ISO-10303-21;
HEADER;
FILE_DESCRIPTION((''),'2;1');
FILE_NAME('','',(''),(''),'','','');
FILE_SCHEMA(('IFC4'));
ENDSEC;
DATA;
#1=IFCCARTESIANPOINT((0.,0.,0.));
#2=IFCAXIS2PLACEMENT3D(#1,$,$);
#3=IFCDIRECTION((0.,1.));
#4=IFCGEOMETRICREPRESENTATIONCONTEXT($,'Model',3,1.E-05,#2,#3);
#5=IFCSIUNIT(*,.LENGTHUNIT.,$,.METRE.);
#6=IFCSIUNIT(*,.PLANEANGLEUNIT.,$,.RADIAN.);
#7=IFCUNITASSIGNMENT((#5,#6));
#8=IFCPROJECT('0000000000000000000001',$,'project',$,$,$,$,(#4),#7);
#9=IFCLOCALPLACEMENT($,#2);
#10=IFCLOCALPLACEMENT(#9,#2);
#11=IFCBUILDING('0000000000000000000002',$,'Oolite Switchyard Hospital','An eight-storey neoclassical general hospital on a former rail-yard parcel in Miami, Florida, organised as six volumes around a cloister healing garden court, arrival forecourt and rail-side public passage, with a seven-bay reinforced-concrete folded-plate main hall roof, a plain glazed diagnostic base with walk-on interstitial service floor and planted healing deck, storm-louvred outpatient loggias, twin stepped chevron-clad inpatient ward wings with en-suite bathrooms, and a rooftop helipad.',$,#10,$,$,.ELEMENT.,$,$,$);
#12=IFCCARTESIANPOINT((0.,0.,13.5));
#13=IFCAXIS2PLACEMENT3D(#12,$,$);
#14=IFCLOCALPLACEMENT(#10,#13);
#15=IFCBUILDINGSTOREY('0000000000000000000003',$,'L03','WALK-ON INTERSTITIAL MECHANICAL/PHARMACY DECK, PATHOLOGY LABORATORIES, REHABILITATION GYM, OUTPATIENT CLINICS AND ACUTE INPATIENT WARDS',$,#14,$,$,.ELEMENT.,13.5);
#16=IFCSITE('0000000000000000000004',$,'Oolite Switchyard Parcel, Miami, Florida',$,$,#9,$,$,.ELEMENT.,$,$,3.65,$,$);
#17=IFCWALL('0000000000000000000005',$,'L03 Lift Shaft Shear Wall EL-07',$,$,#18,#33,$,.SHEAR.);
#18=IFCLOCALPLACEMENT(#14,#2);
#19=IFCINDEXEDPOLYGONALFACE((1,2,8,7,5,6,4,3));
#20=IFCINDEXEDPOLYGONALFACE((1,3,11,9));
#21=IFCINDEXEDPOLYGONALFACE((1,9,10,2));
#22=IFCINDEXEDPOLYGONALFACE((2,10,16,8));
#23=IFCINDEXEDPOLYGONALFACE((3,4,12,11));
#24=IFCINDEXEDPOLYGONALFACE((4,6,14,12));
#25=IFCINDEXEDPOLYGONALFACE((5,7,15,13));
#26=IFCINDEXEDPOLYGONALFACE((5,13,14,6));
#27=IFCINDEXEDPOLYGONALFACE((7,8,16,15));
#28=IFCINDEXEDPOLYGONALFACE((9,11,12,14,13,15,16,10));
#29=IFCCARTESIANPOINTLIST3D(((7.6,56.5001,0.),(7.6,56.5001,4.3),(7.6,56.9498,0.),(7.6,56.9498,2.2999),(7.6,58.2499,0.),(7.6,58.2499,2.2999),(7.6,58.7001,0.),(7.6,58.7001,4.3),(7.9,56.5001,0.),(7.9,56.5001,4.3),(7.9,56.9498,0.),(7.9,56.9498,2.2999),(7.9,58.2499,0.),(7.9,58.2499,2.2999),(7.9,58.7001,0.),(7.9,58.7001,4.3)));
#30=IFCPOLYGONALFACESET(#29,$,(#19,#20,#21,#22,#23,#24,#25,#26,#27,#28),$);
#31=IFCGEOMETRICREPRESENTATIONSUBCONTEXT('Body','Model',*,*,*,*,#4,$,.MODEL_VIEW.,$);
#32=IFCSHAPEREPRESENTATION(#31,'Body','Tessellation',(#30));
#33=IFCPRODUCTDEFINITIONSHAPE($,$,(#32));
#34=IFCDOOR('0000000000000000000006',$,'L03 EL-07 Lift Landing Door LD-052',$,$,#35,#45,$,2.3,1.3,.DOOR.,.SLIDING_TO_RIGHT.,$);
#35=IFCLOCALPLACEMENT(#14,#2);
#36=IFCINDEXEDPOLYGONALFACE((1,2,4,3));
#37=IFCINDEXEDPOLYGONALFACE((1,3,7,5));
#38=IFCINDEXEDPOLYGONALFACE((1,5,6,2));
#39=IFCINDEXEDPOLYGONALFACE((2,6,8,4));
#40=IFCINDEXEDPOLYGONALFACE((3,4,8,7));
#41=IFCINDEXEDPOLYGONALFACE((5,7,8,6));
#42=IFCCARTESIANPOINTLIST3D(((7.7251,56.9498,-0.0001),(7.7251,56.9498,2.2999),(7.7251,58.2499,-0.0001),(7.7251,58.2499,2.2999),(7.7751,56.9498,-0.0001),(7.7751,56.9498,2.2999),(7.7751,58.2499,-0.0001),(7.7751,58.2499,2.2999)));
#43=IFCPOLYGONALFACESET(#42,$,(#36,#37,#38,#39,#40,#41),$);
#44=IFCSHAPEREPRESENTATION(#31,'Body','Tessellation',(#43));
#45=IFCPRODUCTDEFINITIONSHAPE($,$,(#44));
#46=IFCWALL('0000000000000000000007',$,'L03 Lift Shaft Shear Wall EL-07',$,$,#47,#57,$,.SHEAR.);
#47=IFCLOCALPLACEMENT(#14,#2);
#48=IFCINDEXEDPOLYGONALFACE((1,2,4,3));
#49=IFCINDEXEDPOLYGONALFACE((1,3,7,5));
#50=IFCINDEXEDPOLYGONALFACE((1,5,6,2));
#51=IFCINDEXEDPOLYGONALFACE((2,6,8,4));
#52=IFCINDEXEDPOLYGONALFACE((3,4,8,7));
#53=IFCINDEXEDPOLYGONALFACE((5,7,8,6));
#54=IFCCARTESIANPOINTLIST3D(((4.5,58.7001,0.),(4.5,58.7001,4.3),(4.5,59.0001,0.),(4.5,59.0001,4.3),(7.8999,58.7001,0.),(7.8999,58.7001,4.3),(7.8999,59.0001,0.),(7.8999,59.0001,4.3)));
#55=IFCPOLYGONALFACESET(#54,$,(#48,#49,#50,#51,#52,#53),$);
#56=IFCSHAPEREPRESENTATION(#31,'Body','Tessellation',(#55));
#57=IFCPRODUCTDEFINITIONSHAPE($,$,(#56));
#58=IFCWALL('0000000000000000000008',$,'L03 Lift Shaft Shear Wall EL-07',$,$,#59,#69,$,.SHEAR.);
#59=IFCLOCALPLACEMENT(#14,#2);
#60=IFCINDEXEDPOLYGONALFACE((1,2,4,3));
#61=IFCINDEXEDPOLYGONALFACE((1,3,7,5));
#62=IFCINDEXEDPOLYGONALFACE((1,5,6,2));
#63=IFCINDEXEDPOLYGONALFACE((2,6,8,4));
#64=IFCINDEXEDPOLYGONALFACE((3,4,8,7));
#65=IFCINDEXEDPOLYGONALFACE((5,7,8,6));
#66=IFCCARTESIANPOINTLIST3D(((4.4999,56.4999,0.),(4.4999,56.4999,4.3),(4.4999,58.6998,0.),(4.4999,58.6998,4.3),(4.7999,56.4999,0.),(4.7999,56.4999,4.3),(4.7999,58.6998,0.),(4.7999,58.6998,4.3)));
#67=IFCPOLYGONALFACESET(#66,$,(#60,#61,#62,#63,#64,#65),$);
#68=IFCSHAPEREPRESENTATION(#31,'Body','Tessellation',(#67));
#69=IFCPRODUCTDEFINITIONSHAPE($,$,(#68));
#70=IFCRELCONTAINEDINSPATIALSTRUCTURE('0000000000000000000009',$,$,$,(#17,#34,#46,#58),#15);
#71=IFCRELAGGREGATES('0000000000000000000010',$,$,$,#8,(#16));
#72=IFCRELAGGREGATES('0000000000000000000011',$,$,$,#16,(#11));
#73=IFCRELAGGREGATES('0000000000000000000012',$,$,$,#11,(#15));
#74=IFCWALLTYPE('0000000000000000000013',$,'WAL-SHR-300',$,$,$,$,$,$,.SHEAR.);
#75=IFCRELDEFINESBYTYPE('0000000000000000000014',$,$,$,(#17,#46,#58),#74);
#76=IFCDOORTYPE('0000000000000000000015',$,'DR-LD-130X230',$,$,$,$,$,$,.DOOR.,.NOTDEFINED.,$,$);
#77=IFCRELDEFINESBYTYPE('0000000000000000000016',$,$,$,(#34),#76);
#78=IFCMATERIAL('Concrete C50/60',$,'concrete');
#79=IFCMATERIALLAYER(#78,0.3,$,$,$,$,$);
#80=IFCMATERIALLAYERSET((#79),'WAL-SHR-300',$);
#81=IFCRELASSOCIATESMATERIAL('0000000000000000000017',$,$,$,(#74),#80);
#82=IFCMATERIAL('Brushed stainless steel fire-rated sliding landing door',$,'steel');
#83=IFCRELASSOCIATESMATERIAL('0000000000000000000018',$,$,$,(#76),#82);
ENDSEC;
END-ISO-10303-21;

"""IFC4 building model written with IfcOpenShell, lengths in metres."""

from ifc_helpers import new_model, si_unit, direction, frame, frame_2d, origin, place, context, subcontext, project, spatial, rectangle, extrude, material, layer, layer_set, type_object, element, fill, save


model = new_model("IFC4")

# Units and contexts
model_context = context("Model", 3, precision=1e-05, world=origin(), true_north=direction((0.0, 1.0)))
body_context = subcontext(model_context, "Body", "Model", "MODEL_VIEW")
ifc_project = project(units=[si_unit("LENGTHUNIT", "METRE"), si_unit("PLANEANGLEUNIT", "RADIAN")], contexts=[model_context])

# Site, building, storey
site_placement = place(None, origin())
site = spatial("IfcSite", under=ifc_project, at=site_placement, Name="Oolite Switchyard Parcel, Miami, Florida", CompositionType="ELEMENT", RefElevation=3.65)
building_placement = place(site_placement, origin())
building = spatial("IfcBuilding", under=site, at=building_placement, Name="Oolite Switchyard Hospital", Description="An eight-storey neoclassical general hospital on a former rail-yard parcel in Miami, Florida, organised as six volumes around a cloister healing garden court, arrival forecourt and rail-side public passage, with a seven-bay reinforced-concrete folded-plate main hall roof, a plain glazed diagnostic base with walk-on interstitial service floor and planted healing deck, storm-louvred outpatient loggias, twin stepped chevron-clad inpatient ward wings with en-suite bathrooms, and a rooftop helipad.", CompositionType="ELEMENT")
storey_placement = place(building_placement, frame((0.0, 0.0, 13.5)))
storey = spatial("IfcBuildingStorey", under=building, at=storey_placement, Name="L03", Description="WALK-ON INTERSTITIAL MECHANICAL/PHARMACY DECK, PATHOLOGY LABORATORIES, REHABILITATION GYM, OUTPATIENT CLINICS AND ACUTE INPATIENT WARDS", CompositionType="ELEMENT", Elevation=13.5)

# Shared definitions
ifc_material_1 = material(Name="Concrete C50/60", Category="concrete")

# Wall, opening, door
ifc_layer_1 = layer(ifc_material_1, 0.3)
ifc_layer_set_1 = layer_set([ifc_layer_1], Name="WAL-SHR-300")
wall_type_1 = type_object("IfcWallType", Name="WAL-SHR-300", PredefinedType="SHEAR", material=ifc_layer_set_1)
wall_1_placement = place(storey_placement, frame((7.75, 56.5, 0.0), z_axis=(0.0, 0.0, 1.0), x_axis=(0.0, 1.0, 0.0)))
wall_1 = element("IfcWall", 1, at=wall_1_placement, inside=storey, type_object=wall_type_1, Name="L03 Lift Shaft Shear Wall EL-07", PredefinedType="SHEAR", context=body_context, shape_type="SweptSolid", body=[
    extrude(rectangle(XDim=2.2, YDim=0.3, at=frame_2d((1.1001, 0.0))), origin(), (0.0, 0.0, 1.0), 4.3),
])
opening_1_placement = place(wall_1_placement, frame((0.45, 0.0, 0.0)))
opening_1 = element("IfcOpeningElement", 2, at=opening_1_placement, cuts=wall_1, PredefinedType="OPENING", context=body_context, shape_type="SweptSolid", body=[
    extrude(rectangle(XDim=1.3, YDim=2.3, at=frame_2d((0.6499, 1.1499))), frame((0.0, 0.1602, 0.0), z_axis=(0.0, -1.0, 0.0), x_axis=(1.0, 0.0, 0.0)), (0.0, 0.0, 1.0), 0.3201),
])
ifc_material_2 = material(Name="Brushed stainless steel fire-rated sliding landing door", Category="steel")
door_type_1 = type_object("IfcDoorType", Name="DR-LD-130X230", OperationType="NOTDEFINED", PredefinedType="DOOR", material=ifc_material_2)
door_1_placement = place(opening_1_placement, origin())
door_1 = element("IfcDoor", 3, at=door_1_placement, inside=storey, type_object=door_type_1, Name="L03 EL-07 Lift Landing Door LD-052", OperationType="SLIDING_TO_RIGHT", OverallHeight=2.3, OverallWidth=1.3, PredefinedType="DOOR", context=body_context, shape_type="SweptSolid", body=[
    extrude(rectangle(XDim=1.3, YDim=2.3, at=frame_2d((0.6499, 1.1499))), frame((0.0, 0.0249, 0.0), z_axis=(0.0, -1.0, 0.0), x_axis=(1.0, 0.0, 0.0)), (0.0, 0.0, 1.0), 0.05),
])
fill(opening_1, door_1)

# Walls
wall_2_placement = place(storey_placement, frame((7.8999, 58.8501, 0.0), z_axis=(0.0, 0.0, 1.0), x_axis=(-1.0, 0.0, 0.0)))
element("IfcWall", 4, at=wall_2_placement, inside=storey, type_object=wall_type_1, Name="L03 Lift Shaft Shear Wall EL-07", PredefinedType="SHEAR", context=body_context, shape_type="SweptSolid", body=[
    extrude(rectangle(XDim=3.3999, YDim=0.3, at=frame_2d((1.7, 0.0))), origin(), (0.0, 0.0, 1.0), 4.3),
])
wall_3_placement = place(storey_placement, frame((4.6499, 58.7, 0.0), z_axis=(0.0, 0.0, 1.0), x_axis=(0.0, -1.0, 0.0)))
element("IfcWall", 5, at=wall_3_placement, inside=storey, type_object=wall_type_1, Name="L03 Lift Shaft Shear Wall EL-07", PredefinedType="SHEAR", context=body_context, shape_type="SweptSolid", body=[
    extrude(rectangle(XDim=2.2, YDim=0.3, at=frame_2d((1.1001, 0.0))), origin(), (0.0, 0.0, 1.0), 4.3),
])

save(model, "model.ifc")
